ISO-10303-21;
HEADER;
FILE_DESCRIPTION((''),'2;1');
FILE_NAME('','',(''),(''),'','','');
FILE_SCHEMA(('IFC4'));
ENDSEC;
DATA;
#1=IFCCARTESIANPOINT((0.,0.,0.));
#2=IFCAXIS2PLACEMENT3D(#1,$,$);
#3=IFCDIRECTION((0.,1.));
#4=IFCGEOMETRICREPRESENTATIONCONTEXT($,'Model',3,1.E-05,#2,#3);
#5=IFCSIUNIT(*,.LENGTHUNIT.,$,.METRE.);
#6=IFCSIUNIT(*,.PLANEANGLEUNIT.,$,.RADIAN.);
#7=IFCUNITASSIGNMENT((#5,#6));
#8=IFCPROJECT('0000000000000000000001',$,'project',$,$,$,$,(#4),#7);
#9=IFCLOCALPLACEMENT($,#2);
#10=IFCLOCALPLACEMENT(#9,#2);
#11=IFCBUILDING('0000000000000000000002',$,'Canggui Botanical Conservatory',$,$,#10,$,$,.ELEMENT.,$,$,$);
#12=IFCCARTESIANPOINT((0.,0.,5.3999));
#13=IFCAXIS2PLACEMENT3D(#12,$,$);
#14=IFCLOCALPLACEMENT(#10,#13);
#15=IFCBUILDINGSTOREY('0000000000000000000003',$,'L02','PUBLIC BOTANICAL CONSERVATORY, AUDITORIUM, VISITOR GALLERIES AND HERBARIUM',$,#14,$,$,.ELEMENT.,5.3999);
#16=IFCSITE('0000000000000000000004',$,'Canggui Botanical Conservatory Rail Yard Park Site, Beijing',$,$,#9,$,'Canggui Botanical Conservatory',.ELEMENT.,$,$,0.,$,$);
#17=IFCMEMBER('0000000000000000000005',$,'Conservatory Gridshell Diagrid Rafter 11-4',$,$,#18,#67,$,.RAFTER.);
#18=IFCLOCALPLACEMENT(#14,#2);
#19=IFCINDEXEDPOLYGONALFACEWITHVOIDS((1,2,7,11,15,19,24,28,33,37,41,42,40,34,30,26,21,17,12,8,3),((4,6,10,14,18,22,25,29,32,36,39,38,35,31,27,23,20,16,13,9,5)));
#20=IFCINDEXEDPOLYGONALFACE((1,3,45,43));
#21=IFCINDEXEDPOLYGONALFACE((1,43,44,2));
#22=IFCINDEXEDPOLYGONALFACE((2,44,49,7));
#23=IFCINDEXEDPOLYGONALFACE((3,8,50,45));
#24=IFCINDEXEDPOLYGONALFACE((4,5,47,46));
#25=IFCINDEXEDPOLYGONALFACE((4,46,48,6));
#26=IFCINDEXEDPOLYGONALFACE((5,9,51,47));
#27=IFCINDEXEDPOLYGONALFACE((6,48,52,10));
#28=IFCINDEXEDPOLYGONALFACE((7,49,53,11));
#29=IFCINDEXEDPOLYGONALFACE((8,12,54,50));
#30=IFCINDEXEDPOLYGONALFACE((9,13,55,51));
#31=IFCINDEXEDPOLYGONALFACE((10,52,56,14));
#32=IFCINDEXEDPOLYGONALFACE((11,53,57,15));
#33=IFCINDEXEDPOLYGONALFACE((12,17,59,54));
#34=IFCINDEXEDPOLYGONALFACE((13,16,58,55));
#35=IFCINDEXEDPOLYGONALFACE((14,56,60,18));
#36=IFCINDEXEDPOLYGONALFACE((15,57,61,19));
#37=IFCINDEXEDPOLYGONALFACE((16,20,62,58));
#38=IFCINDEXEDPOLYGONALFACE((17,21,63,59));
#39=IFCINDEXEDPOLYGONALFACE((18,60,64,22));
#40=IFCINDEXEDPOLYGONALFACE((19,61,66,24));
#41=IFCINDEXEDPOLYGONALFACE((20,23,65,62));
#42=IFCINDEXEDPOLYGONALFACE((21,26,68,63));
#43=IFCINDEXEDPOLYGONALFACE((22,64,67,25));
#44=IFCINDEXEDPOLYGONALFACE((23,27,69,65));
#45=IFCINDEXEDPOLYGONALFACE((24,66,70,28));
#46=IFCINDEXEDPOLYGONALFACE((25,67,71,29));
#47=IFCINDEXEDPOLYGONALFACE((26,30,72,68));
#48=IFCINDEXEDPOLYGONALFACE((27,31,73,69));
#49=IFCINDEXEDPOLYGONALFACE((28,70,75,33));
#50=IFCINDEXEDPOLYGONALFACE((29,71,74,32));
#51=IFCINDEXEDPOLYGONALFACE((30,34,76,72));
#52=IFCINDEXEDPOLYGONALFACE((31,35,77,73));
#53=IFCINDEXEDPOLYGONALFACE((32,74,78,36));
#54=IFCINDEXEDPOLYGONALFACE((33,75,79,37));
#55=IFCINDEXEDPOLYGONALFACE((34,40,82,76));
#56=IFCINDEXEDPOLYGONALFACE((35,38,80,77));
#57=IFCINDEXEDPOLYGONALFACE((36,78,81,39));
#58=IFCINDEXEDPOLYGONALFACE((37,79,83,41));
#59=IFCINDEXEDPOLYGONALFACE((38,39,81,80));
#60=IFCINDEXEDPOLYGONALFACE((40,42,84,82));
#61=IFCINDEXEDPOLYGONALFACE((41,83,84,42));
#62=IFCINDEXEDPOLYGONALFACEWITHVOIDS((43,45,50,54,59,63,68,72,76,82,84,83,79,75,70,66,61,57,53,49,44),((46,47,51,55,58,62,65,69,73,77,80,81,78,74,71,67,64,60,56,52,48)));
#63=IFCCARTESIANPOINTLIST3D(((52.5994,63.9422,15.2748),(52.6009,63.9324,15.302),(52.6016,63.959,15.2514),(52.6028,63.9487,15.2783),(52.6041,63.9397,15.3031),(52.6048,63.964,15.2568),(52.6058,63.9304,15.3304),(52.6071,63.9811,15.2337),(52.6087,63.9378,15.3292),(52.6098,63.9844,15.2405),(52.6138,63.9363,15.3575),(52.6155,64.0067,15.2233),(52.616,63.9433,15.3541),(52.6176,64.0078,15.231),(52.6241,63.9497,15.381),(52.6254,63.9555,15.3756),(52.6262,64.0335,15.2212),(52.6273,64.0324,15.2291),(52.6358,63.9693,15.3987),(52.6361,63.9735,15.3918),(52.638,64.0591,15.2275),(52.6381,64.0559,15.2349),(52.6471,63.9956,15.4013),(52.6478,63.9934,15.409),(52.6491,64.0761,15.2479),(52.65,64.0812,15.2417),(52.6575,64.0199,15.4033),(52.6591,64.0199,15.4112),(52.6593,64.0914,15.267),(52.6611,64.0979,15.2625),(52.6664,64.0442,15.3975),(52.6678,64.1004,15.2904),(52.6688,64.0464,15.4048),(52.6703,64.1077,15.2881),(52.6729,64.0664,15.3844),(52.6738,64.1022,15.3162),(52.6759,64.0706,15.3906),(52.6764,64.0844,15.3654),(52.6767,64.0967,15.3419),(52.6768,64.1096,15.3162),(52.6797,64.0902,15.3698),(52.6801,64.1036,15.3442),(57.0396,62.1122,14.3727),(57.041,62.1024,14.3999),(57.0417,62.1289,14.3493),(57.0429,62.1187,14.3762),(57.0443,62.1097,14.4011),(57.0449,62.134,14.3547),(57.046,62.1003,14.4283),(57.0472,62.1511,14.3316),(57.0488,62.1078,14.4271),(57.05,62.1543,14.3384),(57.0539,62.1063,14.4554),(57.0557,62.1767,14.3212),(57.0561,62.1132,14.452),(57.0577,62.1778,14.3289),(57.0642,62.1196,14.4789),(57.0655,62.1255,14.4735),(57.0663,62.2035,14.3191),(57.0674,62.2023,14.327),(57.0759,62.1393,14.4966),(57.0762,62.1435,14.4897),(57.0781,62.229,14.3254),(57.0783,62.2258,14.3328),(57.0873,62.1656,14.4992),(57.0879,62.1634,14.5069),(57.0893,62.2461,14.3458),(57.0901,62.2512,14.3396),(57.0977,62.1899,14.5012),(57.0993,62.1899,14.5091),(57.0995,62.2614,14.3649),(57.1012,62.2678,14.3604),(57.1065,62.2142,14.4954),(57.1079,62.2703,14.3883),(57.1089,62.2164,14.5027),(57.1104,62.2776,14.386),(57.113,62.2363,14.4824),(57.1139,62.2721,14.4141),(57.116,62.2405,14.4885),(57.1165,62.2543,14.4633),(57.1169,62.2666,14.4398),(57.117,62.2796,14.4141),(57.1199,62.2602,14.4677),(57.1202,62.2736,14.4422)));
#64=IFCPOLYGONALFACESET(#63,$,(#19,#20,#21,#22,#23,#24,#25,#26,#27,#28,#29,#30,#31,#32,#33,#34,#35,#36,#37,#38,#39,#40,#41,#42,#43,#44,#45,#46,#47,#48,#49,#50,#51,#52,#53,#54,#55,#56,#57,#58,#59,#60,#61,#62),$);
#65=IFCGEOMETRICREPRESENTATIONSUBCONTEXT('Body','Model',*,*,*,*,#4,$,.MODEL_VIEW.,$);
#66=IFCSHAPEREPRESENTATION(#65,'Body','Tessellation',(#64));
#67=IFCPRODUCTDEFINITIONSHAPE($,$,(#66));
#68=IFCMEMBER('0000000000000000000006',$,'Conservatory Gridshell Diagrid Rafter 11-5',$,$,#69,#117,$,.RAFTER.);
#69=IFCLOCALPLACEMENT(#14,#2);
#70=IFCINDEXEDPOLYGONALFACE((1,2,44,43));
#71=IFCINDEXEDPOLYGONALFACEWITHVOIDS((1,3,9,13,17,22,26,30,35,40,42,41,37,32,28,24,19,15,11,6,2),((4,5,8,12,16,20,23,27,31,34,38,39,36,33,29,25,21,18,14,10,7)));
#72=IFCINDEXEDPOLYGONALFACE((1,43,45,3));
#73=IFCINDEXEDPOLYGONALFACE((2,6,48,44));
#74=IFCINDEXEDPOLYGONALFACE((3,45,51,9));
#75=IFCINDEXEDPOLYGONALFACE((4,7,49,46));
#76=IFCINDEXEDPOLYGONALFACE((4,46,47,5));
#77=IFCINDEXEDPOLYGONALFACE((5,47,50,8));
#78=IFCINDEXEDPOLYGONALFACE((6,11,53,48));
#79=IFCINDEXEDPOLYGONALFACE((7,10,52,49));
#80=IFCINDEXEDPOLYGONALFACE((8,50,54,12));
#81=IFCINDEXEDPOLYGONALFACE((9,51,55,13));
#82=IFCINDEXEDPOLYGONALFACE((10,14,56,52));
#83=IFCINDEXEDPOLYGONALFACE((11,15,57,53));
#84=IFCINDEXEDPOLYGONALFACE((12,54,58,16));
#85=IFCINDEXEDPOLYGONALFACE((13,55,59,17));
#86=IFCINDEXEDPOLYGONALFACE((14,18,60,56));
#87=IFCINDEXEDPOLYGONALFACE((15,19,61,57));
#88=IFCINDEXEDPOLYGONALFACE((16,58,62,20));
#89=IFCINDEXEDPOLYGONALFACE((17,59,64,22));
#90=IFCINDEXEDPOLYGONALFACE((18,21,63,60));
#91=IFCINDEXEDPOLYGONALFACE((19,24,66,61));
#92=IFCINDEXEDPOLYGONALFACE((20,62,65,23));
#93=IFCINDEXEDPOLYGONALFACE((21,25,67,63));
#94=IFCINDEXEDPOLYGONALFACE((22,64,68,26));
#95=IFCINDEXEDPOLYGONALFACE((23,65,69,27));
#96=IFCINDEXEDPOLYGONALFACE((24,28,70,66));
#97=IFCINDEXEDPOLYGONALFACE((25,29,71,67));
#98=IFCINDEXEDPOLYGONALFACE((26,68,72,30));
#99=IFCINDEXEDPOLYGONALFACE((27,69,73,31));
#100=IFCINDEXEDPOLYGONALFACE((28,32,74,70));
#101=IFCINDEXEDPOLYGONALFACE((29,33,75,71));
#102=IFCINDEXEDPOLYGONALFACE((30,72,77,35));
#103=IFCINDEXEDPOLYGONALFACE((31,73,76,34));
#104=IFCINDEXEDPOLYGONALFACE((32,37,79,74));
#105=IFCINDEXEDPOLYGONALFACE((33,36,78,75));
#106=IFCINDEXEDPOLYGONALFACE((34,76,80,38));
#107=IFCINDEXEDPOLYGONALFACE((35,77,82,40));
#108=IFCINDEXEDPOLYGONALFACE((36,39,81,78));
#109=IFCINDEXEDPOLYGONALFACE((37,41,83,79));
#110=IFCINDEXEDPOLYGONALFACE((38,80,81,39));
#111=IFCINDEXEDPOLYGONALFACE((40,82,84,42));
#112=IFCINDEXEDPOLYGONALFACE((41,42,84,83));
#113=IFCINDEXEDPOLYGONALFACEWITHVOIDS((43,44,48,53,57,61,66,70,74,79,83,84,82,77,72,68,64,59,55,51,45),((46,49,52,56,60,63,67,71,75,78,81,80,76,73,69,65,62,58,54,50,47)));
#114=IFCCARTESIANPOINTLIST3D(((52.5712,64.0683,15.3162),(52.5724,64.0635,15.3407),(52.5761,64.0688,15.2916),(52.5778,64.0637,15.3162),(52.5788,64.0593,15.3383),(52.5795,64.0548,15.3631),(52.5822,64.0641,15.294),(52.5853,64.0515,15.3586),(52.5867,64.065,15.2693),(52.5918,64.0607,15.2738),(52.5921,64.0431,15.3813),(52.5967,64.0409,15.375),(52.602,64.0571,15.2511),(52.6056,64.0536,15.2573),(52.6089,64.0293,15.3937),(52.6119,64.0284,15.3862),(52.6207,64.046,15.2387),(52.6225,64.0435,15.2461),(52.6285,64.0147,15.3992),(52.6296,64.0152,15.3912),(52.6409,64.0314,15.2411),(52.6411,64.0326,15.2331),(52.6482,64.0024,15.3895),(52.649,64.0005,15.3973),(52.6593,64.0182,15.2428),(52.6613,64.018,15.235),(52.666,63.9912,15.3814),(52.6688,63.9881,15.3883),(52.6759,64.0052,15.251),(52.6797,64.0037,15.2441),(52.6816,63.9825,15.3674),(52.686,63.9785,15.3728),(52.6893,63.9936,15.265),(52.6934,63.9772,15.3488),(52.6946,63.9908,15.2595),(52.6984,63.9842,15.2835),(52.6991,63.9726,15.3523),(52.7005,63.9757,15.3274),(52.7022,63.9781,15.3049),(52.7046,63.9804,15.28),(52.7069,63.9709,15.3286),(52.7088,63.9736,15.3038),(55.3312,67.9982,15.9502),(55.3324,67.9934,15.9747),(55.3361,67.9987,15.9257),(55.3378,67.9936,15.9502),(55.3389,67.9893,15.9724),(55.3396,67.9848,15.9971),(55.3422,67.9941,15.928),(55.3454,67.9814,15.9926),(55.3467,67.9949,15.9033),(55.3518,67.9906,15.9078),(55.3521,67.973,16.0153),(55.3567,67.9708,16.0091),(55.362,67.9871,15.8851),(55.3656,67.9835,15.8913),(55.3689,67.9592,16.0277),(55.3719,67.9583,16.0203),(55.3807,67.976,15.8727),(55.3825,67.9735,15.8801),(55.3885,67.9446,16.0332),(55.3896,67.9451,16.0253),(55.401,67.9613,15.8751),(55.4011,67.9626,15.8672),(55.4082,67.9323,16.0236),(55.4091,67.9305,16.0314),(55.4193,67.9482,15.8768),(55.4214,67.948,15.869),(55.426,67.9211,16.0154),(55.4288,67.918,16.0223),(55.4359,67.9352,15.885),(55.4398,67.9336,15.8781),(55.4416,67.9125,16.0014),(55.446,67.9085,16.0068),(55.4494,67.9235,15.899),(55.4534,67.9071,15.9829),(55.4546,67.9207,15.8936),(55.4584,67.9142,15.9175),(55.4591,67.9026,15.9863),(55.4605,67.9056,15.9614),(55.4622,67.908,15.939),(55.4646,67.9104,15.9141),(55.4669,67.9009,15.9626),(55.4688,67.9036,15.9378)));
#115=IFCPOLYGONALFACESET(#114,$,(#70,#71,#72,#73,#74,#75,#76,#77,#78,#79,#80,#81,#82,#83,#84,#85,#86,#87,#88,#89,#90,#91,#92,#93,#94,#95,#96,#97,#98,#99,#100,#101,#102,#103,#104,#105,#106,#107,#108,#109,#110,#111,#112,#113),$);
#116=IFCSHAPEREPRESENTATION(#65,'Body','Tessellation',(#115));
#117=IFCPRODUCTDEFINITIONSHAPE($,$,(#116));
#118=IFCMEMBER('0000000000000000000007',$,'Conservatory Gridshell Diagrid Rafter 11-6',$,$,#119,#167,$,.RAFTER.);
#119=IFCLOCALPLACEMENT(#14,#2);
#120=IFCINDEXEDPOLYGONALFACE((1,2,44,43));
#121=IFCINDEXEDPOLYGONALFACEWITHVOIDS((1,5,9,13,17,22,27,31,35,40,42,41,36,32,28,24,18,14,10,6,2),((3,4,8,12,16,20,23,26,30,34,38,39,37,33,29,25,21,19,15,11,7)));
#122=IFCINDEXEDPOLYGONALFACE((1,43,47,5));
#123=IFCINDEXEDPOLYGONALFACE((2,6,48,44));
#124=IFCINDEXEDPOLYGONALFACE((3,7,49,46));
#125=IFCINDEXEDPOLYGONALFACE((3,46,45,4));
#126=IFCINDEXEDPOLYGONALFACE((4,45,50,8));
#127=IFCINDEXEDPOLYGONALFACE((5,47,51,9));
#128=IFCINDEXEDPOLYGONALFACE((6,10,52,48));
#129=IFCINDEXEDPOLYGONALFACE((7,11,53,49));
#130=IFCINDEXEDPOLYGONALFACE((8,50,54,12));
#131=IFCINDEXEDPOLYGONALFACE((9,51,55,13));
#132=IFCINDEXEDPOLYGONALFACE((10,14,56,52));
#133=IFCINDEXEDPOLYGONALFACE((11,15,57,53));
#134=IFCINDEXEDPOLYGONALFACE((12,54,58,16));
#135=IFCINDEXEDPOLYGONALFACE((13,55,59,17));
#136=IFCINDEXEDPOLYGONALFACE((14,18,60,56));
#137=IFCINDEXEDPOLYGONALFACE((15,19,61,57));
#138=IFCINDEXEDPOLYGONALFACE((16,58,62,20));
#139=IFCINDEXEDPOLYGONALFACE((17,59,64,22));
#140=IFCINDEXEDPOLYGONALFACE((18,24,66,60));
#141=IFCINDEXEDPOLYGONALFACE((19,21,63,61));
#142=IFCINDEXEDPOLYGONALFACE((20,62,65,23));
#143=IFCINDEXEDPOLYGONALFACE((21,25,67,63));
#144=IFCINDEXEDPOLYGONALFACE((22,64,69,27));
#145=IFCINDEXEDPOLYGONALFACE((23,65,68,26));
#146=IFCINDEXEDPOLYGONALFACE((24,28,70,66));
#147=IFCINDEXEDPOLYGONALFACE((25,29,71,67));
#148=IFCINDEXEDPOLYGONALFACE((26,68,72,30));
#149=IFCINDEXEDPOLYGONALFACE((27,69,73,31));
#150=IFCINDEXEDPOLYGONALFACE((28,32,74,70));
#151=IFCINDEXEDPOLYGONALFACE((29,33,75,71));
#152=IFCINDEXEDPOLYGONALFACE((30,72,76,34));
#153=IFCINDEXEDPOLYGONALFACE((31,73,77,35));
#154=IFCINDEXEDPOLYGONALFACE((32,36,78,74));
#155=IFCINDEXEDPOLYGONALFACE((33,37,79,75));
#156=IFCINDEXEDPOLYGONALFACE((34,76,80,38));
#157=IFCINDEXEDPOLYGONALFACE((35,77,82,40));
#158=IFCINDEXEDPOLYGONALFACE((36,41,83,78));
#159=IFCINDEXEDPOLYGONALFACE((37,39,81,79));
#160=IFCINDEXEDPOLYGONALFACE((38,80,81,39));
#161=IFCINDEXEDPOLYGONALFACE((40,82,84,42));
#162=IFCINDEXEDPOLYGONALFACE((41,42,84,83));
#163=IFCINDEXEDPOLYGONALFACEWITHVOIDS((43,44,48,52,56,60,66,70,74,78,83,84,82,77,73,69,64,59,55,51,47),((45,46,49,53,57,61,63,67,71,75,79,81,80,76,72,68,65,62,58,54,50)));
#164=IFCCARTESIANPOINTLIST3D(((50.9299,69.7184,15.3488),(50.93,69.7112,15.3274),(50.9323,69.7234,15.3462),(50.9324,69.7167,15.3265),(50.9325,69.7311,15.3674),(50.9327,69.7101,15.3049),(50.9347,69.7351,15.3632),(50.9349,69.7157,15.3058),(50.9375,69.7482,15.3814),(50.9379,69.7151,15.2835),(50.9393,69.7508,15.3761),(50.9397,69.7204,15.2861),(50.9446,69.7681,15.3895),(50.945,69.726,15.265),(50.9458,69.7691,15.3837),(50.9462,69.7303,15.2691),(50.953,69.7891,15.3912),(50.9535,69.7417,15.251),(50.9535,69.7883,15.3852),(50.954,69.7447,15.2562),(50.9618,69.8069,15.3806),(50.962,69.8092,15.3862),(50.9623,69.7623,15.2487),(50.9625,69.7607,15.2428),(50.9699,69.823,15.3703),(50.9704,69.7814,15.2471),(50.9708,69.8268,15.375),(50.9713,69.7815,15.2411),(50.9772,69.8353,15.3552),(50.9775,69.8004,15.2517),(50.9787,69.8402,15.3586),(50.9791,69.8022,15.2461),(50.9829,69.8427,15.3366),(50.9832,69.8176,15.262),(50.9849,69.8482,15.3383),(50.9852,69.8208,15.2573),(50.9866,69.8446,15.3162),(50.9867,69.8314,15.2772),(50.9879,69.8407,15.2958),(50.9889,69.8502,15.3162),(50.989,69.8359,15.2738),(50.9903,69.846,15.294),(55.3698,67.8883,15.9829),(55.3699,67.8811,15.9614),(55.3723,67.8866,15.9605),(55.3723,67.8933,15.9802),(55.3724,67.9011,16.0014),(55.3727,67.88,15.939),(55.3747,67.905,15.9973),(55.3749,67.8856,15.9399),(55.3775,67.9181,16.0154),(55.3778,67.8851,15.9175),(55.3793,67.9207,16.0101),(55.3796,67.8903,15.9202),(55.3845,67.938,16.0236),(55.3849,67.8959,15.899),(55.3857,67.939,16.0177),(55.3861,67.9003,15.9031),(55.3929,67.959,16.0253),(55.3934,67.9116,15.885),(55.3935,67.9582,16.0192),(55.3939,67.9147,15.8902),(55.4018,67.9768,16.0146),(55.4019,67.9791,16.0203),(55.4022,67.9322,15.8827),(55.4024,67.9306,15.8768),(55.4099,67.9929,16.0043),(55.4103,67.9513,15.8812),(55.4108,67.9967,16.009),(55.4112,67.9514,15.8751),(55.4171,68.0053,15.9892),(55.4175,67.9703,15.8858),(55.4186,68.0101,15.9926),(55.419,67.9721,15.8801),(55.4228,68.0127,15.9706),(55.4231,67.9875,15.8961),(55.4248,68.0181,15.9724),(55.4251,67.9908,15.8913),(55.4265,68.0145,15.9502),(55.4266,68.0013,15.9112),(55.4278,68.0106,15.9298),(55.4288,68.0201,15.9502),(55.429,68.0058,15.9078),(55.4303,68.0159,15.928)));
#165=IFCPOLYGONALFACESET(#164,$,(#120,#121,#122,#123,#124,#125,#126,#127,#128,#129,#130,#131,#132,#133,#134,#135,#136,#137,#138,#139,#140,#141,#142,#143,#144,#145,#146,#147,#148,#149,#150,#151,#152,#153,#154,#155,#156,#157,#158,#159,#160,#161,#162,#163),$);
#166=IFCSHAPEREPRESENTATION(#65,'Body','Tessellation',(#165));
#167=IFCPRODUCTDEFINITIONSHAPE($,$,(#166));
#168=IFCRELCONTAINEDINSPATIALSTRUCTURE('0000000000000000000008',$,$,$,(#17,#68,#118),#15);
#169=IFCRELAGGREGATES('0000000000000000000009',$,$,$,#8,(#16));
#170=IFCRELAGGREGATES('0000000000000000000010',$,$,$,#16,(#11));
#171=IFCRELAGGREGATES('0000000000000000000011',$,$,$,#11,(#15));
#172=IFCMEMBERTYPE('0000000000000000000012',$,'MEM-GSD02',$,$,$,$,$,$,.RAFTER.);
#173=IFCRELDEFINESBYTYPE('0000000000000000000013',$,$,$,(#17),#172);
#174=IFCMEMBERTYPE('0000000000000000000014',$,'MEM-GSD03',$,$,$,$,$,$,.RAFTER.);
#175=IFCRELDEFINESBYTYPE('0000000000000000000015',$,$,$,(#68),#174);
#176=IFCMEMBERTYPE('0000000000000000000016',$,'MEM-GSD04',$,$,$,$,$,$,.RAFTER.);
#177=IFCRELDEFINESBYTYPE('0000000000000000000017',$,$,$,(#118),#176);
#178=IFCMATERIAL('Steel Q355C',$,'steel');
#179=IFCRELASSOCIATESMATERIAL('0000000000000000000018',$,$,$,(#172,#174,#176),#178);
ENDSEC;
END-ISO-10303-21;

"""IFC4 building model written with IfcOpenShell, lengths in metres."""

from ifc_helpers import new_model, si_unit, direction, frame, origin, origin_2d, place, context, subcontext, project, spatial, hollow_circle, extrude, material, material_profile, profile_set, type_object, element, save


model = new_model("IFC4")

# Units and contexts
model_context = context("Model", 3, precision=1e-05, world=origin(), true_north=direction((0.0, 1.0)))
body_context = subcontext(model_context, "Body", "Model", "MODEL_VIEW")
ifc_project = project(units=[si_unit("LENGTHUNIT", "METRE"), si_unit("PLANEANGLEUNIT", "RADIAN")], contexts=[model_context])

# Site, building, storey
site_placement = place(None, origin())
site = spatial("IfcSite", under=ifc_project, at=site_placement, Name="Canggui Botanical Conservatory Rail Yard Park Site, Beijing", LongName="Canggui Botanical Conservatory", CompositionType="ELEMENT", RefElevation=0.0)
building_placement = place(site_placement, origin())
building = spatial("IfcBuilding", under=site, at=building_placement, Name="Canggui Botanical Conservatory", CompositionType="ELEMENT")
storey_placement = place(building_placement, frame((0.0, 0.0, 5.3999)))
storey = spatial("IfcBuildingStorey", under=building, at=storey_placement, Name="L02", Description="PUBLIC BOTANICAL CONSERVATORY, AUDITORIUM, VISITOR GALLERIES AND HERBARIUM", CompositionType="ELEMENT", Elevation=5.3999)

# Shared definitions
ifc_material_1 = material(Name="Steel Q355C", Category="steel")

# Members
ifc_material_profile_1 = material_profile(ifc_material_1, hollow_circle(Radius=0.0969, WallThickness=0.0081, at=origin_2d()), Name="CHS 194x8")
ifc_profile_set_1 = profile_set([ifc_material_profile_1], Name="Steel Q355C")
member_type_1 = type_object("IfcMemberType", Name="MEM-GSD02", PredefinedType="RAFTER", material=ifc_profile_set_1)
member_1_placement = place(storey_placement, frame((52.6399, 64.02, 15.3162), z_axis=(0.908657, -0.374515, -0.184609), x_axis=(0.381064, 0.924549, 0.0)))
element("IfcMember", 1, at=member_1_placement, inside=storey, type_object=member_type_1, Name="Conservatory Gridshell Diagrid Rafter 11-4", PredefinedType="RAFTER", context=body_context, shape_type="SweptSolid", body=[
    extrude(hollow_circle(Radius=0.0969, WallThickness=0.0081, at=origin_2d()), origin(), (0.0, 0.0, 1.0), 4.8865),
])
ifc_material_profile_2 = material_profile(ifc_material_1, hollow_circle(Radius=0.084, WallThickness=0.0081, at=origin_2d()), Name="CHS 168x8")
ifc_profile_set_2 = profile_set([ifc_material_profile_2], Name="Steel Q355C")
member_type_2 = type_object("IfcMemberType", Name="MEM-GSD03", PredefinedType="RAFTER", material=ifc_profile_set_2)
member_2_placement = place(storey_placement, frame((52.6399, 64.02, 15.3162), z_axis=(0.569783, 0.811304, 0.130891), x_axis=(-0.818345, 0.574728, 0.0)))
element("IfcMember", 2, at=member_2_placement, inside=storey, type_object=member_type_2, Name="Conservatory Gridshell Diagrid Rafter 11-5", PredefinedType="RAFTER", context=body_context, shape_type="SweptSolid", body=[
    extrude(hollow_circle(Radius=0.084, WallThickness=0.0081, at=origin_2d()), origin(), (0.0, 0.0, 1.0), 4.844),
])
ifc_material_profile_3 = material_profile(ifc_material_1, hollow_circle(Radius=0.0759, WallThickness=0.0061, at=origin_2d()), Name="CHS 152x6")
ifc_profile_set_3 = profile_set([ifc_material_profile_3], Name="Steel Q355C")
member_type_3 = type_object("IfcMemberType", Name="MEM-GSD04", PredefinedType="RAFTER", material=ifc_profile_set_3)
member_3_placement = place(storey_placement, frame((50.96, 69.78, 15.3162), z_axis=(0.916587, -0.377804, 0.130891), x_axis=(0.381082, 0.924541, 0.0)))
element("IfcMember", 3, at=member_3_placement, inside=storey, type_object=member_type_3, Name="Conservatory Gridshell Diagrid Rafter 11-6", PredefinedType="RAFTER", context=body_context, shape_type="SweptSolid", body=[
    extrude(hollow_circle(Radius=0.0759, WallThickness=0.0061, at=origin_2d()), origin(), (0.0, 0.0, 1.0), 4.844),
])

save(model, "model.ifc")
